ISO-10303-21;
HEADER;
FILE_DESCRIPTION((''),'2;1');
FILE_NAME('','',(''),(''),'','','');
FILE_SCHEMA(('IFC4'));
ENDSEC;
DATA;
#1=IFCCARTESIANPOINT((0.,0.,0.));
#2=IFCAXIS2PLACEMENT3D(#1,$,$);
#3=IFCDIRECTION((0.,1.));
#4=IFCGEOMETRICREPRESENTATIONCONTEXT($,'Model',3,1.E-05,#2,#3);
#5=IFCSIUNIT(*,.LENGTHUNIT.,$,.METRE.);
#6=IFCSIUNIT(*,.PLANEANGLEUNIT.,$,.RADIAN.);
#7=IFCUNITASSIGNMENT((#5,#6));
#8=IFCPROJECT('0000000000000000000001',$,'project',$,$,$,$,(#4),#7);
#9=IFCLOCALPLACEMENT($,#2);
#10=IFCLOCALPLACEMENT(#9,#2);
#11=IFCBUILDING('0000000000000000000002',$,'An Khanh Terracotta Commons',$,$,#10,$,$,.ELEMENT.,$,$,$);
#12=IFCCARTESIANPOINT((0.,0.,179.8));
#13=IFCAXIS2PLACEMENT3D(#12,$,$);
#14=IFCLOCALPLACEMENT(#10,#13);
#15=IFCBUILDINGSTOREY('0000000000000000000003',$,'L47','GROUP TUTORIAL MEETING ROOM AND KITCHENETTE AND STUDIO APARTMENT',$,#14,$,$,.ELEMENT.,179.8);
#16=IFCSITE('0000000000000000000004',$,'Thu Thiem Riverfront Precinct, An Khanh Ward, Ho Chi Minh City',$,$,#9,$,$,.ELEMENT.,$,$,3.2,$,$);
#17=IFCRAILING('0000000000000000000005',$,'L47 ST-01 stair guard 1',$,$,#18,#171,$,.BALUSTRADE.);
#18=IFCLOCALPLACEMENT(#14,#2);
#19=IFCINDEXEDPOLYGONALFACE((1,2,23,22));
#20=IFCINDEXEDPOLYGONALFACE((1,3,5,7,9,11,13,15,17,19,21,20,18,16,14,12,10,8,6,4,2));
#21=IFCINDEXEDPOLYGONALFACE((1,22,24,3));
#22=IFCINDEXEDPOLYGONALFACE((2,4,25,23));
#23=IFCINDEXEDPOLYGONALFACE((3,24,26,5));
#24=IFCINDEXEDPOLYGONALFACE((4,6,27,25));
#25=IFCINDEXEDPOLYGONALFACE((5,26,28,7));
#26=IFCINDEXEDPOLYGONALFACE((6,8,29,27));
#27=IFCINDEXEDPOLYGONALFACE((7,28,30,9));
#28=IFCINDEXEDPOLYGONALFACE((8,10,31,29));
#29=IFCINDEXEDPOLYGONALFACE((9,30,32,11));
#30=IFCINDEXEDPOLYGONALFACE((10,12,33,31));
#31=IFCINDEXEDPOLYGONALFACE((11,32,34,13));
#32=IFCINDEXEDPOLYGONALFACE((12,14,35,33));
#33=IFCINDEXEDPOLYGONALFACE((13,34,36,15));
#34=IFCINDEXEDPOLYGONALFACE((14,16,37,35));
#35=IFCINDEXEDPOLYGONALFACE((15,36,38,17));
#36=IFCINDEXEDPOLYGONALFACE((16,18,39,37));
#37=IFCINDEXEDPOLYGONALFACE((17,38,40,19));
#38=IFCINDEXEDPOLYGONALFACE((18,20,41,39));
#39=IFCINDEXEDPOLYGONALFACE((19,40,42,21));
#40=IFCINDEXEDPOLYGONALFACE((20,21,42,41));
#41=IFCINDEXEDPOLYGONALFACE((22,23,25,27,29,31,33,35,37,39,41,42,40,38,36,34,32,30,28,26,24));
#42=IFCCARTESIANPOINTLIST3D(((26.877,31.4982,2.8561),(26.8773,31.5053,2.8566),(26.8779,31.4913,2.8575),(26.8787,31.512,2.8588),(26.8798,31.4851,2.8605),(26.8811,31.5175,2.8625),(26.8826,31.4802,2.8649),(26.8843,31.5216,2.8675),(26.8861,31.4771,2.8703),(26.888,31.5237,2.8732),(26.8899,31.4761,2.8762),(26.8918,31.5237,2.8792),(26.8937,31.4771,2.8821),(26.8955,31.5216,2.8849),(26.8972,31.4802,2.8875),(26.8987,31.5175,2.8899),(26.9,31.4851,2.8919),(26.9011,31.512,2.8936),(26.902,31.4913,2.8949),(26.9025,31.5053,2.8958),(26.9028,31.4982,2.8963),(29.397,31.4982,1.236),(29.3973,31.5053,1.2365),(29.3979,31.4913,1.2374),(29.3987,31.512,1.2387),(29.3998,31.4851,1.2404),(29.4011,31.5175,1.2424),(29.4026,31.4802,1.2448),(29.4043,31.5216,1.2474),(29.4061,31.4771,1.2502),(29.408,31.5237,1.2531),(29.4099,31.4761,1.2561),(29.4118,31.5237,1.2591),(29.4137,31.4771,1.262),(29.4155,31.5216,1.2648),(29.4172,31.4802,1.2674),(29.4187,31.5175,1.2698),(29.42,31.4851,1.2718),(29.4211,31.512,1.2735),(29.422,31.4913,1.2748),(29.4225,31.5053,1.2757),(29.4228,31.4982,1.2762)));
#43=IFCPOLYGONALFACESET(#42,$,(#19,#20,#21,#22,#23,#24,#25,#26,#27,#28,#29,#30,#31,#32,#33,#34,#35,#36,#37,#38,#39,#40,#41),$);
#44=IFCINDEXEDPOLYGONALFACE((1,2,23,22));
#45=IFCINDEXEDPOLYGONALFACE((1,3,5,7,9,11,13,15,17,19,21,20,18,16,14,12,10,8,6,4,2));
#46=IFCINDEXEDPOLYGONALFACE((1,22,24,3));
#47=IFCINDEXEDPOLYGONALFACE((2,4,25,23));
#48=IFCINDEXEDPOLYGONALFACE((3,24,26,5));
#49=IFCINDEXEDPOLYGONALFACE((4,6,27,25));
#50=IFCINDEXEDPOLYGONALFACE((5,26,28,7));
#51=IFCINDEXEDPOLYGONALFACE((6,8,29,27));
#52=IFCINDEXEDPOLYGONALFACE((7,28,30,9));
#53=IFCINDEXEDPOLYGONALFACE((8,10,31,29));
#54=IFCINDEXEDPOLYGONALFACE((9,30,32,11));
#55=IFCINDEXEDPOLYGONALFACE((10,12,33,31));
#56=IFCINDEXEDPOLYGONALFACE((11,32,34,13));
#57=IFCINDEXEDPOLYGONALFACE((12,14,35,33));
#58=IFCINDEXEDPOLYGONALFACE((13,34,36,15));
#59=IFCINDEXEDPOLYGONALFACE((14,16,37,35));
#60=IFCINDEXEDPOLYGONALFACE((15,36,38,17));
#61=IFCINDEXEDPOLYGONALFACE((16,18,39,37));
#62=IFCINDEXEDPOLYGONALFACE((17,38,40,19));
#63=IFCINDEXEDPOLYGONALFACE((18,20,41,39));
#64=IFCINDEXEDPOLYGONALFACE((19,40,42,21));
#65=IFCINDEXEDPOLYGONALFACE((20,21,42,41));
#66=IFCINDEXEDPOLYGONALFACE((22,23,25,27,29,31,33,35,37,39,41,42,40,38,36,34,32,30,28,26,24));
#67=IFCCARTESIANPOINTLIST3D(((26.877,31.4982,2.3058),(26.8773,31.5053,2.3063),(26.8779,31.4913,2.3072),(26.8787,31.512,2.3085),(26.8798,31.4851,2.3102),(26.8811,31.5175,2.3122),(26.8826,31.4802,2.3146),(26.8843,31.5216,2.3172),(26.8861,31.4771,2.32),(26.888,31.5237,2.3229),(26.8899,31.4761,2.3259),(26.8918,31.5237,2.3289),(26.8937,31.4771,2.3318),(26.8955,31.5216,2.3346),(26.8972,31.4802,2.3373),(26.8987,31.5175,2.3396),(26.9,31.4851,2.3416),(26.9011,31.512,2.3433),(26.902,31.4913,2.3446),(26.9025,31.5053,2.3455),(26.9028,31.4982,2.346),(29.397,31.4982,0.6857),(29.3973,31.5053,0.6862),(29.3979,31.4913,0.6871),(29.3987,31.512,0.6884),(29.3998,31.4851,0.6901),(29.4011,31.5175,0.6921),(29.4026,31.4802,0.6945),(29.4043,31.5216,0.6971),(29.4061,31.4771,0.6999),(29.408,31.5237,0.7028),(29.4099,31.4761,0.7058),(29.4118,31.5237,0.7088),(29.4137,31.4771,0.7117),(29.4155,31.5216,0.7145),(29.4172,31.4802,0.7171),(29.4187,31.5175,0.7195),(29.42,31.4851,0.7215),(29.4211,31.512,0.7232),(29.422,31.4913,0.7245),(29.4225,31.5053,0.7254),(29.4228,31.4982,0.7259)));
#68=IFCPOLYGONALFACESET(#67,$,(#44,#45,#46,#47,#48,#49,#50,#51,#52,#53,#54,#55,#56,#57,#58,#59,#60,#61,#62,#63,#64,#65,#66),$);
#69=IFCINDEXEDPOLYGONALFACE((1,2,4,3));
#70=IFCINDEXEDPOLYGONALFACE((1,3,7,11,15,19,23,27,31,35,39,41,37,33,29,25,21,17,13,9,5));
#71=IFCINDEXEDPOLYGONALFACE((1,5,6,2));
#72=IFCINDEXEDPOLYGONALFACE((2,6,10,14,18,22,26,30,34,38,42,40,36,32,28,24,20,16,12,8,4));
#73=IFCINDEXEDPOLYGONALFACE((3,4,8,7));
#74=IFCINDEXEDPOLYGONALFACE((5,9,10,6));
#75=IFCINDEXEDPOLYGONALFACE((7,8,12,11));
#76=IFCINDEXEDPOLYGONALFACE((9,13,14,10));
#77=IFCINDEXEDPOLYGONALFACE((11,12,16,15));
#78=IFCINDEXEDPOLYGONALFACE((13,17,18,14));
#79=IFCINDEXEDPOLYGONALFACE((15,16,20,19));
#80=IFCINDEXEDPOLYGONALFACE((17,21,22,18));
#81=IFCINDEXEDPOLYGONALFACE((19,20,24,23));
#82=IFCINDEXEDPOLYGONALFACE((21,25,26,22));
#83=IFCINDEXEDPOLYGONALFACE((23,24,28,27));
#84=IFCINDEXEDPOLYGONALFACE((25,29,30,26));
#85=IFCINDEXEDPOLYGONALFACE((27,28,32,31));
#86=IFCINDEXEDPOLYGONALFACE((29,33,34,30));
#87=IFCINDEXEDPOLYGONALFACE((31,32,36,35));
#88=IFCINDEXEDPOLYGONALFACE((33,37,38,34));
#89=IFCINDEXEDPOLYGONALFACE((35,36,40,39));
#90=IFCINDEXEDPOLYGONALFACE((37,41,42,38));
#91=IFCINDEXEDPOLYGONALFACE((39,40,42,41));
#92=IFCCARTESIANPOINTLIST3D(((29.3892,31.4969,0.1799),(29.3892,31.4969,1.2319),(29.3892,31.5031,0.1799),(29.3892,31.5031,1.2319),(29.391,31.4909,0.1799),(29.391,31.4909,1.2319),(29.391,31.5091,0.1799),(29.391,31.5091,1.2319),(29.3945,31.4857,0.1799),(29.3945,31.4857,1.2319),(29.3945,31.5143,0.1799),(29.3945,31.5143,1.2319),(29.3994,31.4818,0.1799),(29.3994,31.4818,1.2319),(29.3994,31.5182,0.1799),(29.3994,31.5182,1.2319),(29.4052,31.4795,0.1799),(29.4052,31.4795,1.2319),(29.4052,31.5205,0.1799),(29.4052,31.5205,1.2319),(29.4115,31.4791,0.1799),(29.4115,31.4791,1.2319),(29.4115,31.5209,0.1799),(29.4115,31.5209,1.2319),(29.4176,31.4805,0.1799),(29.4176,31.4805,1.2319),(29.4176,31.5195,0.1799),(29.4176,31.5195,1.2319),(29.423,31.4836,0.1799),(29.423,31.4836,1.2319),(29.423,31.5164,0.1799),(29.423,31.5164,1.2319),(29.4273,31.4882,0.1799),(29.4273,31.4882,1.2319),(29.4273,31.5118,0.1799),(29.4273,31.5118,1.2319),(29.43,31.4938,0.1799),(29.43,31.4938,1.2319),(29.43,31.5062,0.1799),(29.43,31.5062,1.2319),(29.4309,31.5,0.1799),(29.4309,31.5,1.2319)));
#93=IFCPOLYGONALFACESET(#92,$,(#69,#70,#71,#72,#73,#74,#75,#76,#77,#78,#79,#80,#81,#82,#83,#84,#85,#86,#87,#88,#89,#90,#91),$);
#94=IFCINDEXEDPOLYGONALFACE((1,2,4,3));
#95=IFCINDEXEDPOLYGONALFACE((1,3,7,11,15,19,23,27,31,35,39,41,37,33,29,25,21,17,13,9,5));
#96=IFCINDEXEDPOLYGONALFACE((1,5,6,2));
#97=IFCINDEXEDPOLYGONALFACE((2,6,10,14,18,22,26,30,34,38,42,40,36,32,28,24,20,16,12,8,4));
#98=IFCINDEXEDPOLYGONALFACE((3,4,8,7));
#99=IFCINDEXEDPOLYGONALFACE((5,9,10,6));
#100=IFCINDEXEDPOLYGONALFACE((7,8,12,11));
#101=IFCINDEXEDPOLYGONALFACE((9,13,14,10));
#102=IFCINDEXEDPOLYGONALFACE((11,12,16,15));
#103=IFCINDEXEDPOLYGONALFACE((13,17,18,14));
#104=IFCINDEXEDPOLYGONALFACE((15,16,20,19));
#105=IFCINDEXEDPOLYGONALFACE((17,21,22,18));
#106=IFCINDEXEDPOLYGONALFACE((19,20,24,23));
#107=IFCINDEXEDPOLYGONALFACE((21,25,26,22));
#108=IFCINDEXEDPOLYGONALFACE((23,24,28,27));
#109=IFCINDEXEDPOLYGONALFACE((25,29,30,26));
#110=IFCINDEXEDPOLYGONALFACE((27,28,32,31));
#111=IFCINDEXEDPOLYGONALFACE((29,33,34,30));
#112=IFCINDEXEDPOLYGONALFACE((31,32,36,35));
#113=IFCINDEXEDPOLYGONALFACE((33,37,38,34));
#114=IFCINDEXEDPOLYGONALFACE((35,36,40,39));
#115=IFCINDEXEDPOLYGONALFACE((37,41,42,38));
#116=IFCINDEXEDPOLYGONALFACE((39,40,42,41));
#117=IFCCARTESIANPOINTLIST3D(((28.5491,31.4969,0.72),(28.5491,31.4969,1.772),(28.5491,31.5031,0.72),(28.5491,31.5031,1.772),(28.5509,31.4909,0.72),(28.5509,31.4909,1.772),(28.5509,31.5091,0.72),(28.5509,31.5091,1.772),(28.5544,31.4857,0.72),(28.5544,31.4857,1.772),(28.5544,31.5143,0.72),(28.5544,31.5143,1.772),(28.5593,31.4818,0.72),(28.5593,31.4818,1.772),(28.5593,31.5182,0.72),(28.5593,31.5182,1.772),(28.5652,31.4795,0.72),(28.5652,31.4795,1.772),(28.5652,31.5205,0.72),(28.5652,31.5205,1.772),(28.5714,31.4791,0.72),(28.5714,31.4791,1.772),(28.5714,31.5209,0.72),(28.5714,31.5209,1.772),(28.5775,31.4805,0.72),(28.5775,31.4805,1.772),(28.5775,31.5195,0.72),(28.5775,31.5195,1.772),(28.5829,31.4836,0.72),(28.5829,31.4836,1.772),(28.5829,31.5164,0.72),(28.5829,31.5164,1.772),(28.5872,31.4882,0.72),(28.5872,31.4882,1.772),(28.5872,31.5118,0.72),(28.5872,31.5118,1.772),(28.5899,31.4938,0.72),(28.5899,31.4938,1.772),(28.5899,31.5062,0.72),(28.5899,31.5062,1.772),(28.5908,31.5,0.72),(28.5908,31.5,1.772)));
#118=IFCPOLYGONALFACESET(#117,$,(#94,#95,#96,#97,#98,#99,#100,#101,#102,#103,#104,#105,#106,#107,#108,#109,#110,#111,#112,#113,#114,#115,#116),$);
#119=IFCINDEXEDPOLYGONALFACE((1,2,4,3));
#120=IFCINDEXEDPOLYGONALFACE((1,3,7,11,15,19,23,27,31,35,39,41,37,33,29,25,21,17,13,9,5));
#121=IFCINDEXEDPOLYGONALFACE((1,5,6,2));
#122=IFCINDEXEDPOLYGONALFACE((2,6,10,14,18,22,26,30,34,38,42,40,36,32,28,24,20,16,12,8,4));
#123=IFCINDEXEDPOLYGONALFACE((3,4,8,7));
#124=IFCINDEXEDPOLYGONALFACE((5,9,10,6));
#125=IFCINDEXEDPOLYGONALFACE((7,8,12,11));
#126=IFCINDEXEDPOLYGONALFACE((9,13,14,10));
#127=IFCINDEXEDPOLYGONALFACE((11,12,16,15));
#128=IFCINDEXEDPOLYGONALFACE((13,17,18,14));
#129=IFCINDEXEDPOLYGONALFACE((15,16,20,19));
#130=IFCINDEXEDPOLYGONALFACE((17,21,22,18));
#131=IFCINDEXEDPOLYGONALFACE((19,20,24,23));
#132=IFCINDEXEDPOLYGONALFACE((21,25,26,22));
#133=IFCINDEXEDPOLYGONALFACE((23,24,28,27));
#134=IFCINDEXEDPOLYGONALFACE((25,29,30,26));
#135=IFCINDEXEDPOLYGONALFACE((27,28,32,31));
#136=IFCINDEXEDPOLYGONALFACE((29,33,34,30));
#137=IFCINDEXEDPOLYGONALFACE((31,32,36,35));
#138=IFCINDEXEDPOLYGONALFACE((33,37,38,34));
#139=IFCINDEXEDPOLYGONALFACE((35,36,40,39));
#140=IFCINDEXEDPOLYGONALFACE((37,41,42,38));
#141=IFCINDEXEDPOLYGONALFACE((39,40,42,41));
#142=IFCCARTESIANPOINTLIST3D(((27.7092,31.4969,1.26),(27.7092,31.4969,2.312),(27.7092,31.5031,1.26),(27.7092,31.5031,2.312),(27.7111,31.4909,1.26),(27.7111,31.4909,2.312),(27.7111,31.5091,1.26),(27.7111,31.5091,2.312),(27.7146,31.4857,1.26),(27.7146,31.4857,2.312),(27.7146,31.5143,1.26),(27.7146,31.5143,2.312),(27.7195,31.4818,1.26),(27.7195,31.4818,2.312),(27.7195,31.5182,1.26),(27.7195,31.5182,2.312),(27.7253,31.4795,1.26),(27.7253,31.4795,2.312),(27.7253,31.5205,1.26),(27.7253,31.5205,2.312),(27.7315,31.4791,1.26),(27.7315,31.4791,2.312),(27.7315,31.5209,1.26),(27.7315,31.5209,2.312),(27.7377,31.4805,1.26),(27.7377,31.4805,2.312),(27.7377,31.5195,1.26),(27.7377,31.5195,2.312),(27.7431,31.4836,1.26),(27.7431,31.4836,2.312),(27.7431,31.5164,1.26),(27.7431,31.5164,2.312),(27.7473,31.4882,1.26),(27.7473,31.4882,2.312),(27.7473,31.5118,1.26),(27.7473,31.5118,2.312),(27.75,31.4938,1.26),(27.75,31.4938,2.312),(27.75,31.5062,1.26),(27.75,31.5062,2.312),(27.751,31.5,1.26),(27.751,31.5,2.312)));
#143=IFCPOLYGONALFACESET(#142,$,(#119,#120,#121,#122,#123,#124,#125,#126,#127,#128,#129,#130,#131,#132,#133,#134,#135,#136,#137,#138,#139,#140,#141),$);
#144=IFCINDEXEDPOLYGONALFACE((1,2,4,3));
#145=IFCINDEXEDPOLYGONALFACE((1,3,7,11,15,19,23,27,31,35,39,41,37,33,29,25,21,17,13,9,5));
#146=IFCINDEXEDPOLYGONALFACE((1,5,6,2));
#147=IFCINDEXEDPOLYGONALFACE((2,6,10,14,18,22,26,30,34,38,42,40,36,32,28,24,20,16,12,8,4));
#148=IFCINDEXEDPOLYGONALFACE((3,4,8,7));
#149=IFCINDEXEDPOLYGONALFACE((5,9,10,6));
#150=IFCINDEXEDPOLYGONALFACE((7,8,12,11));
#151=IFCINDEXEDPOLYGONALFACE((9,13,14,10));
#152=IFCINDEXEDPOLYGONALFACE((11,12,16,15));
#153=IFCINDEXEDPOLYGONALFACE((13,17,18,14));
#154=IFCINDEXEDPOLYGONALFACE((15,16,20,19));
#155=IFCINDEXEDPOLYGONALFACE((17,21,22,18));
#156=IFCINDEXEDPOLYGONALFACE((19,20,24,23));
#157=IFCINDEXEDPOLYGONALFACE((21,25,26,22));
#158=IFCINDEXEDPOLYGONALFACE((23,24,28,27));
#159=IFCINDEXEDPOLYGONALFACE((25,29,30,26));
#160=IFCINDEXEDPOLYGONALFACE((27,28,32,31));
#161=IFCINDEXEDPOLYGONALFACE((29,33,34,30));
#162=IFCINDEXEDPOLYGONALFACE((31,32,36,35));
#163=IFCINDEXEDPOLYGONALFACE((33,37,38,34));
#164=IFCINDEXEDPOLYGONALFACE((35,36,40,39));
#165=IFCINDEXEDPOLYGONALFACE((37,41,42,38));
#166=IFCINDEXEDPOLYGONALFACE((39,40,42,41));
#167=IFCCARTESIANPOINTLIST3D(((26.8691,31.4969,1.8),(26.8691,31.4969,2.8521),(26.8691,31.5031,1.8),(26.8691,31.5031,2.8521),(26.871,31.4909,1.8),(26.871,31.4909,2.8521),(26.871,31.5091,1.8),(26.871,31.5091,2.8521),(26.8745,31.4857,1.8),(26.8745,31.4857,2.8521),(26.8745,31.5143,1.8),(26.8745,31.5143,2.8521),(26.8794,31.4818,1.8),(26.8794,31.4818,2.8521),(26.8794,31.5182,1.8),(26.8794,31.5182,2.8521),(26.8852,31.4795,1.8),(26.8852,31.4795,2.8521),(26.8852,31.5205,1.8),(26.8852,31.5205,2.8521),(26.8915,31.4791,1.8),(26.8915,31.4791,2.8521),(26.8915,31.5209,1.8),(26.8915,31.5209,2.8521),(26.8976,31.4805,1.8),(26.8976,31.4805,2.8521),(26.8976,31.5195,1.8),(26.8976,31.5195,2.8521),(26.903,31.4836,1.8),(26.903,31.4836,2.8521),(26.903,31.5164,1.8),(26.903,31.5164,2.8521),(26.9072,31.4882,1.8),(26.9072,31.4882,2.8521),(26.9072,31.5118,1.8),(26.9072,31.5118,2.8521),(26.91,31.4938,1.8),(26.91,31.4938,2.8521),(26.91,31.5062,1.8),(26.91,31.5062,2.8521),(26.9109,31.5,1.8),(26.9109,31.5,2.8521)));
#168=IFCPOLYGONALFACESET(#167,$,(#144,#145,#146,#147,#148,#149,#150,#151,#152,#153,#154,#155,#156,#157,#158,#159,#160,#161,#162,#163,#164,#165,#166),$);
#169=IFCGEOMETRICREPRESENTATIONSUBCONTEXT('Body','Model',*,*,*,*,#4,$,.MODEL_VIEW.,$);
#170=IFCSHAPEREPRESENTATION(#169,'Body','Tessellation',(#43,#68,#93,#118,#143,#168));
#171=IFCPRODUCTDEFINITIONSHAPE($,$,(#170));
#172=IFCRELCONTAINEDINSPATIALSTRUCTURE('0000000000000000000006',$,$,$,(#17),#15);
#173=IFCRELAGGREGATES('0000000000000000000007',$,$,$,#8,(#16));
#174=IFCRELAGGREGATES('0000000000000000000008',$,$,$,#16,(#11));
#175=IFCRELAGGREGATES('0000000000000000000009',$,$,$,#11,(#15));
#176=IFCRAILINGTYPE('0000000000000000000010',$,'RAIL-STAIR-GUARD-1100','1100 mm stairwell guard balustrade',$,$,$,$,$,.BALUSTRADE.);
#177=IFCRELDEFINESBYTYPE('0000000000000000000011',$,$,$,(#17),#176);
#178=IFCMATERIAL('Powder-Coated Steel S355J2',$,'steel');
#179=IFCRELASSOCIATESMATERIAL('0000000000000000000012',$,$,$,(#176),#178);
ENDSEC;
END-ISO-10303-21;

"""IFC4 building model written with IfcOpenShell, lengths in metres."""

from ifc_helpers import new_model, si_unit, direction, frame, origin, origin_2d, place, context, subcontext, project, spatial, circle, extrude, material, type_object, element, save


model = new_model("IFC4")

# Units and contexts
model_context = context("Model", 3, precision=1e-05, world=origin(), true_north=direction((0.0, 1.0)))
body_context = subcontext(model_context, "Body", "Model", "MODEL_VIEW")
ifc_project = project(units=[si_unit("LENGTHUNIT", "METRE"), si_unit("PLANEANGLEUNIT", "RADIAN")], contexts=[model_context])

# Site, building, storey
site_placement = place(None, origin())
site = spatial("IfcSite", under=ifc_project, at=site_placement, Name="Thu Thiem Riverfront Precinct, An Khanh Ward, Ho Chi Minh City", CompositionType="ELEMENT", RefElevation=3.2)
building_placement = place(site_placement, origin())
building = spatial("IfcBuilding", under=site, at=building_placement, Name="An Khanh Terracotta Commons", CompositionType="ELEMENT")
storey_placement = place(building_placement, frame((0.0, 0.0, 179.8)))
storey = spatial("IfcBuildingStorey", under=building, at=storey_placement, Name="L47", Description="GROUP TUTORIAL MEETING ROOM AND KITCHENETTE AND STUDIO APARTMENT", CompositionType="ELEMENT", Elevation=179.8)

# Railing
ifc_material_1 = material(Name="Powder-Coated Steel S355J2", Category="steel")
railing_type_1 = type_object("IfcRailingType", Name="RAIL-STAIR-GUARD-1100", Description="1100 mm stairwell guard balustrade", PredefinedType="BALUSTRADE", material=ifc_material_1)
railing_1_placement = place(storey_placement, frame((29.4099, 31.5, 0.1799)))
element("IfcRailing", 1, at=railing_1_placement, inside=storey, type_object=railing_type_1, Name="L47 ST-01 stair guard 1", PredefinedType="BALUSTRADE", context=body_context, shape_type="SweptSolid", body=[
    extrude(circle(Radius=0.0239, at=origin_2d()), frame((0.0, 0.0, 1.0762), z_axis=(-0.841163, 0.0, 0.540782), x_axis=(0.0, -1.0, 0.0)), (0.0, 0.0, 1.0), 2.9958),
    extrude(circle(Radius=0.0239, at=origin_2d()), frame((0.0, 0.0, 0.5259), z_axis=(-0.841163, 0.0, 0.540782), x_axis=(0.0, -1.0, 0.0)), (0.0, 0.0, 1.0), 2.9958),
    extrude(circle(Radius=0.021, at=origin_2d()), origin(), (0.0, 0.0, 1.0), 1.052),
    extrude(circle(Radius=0.021, at=origin_2d()), frame((-0.8401, 0.0, 0.54)), (0.0, 0.0, 1.0), 1.052),
    extrude(circle(Radius=0.021, at=origin_2d()), frame((-1.6799, 0.0, 1.0801)), (0.0, 0.0, 1.0), 1.052),
    extrude(circle(Radius=0.021, at=origin_2d()), frame((-2.52, 0.0, 1.6201)), (0.0, 0.0, 1.0), 1.052),
])

save(model, "model.ifc")
